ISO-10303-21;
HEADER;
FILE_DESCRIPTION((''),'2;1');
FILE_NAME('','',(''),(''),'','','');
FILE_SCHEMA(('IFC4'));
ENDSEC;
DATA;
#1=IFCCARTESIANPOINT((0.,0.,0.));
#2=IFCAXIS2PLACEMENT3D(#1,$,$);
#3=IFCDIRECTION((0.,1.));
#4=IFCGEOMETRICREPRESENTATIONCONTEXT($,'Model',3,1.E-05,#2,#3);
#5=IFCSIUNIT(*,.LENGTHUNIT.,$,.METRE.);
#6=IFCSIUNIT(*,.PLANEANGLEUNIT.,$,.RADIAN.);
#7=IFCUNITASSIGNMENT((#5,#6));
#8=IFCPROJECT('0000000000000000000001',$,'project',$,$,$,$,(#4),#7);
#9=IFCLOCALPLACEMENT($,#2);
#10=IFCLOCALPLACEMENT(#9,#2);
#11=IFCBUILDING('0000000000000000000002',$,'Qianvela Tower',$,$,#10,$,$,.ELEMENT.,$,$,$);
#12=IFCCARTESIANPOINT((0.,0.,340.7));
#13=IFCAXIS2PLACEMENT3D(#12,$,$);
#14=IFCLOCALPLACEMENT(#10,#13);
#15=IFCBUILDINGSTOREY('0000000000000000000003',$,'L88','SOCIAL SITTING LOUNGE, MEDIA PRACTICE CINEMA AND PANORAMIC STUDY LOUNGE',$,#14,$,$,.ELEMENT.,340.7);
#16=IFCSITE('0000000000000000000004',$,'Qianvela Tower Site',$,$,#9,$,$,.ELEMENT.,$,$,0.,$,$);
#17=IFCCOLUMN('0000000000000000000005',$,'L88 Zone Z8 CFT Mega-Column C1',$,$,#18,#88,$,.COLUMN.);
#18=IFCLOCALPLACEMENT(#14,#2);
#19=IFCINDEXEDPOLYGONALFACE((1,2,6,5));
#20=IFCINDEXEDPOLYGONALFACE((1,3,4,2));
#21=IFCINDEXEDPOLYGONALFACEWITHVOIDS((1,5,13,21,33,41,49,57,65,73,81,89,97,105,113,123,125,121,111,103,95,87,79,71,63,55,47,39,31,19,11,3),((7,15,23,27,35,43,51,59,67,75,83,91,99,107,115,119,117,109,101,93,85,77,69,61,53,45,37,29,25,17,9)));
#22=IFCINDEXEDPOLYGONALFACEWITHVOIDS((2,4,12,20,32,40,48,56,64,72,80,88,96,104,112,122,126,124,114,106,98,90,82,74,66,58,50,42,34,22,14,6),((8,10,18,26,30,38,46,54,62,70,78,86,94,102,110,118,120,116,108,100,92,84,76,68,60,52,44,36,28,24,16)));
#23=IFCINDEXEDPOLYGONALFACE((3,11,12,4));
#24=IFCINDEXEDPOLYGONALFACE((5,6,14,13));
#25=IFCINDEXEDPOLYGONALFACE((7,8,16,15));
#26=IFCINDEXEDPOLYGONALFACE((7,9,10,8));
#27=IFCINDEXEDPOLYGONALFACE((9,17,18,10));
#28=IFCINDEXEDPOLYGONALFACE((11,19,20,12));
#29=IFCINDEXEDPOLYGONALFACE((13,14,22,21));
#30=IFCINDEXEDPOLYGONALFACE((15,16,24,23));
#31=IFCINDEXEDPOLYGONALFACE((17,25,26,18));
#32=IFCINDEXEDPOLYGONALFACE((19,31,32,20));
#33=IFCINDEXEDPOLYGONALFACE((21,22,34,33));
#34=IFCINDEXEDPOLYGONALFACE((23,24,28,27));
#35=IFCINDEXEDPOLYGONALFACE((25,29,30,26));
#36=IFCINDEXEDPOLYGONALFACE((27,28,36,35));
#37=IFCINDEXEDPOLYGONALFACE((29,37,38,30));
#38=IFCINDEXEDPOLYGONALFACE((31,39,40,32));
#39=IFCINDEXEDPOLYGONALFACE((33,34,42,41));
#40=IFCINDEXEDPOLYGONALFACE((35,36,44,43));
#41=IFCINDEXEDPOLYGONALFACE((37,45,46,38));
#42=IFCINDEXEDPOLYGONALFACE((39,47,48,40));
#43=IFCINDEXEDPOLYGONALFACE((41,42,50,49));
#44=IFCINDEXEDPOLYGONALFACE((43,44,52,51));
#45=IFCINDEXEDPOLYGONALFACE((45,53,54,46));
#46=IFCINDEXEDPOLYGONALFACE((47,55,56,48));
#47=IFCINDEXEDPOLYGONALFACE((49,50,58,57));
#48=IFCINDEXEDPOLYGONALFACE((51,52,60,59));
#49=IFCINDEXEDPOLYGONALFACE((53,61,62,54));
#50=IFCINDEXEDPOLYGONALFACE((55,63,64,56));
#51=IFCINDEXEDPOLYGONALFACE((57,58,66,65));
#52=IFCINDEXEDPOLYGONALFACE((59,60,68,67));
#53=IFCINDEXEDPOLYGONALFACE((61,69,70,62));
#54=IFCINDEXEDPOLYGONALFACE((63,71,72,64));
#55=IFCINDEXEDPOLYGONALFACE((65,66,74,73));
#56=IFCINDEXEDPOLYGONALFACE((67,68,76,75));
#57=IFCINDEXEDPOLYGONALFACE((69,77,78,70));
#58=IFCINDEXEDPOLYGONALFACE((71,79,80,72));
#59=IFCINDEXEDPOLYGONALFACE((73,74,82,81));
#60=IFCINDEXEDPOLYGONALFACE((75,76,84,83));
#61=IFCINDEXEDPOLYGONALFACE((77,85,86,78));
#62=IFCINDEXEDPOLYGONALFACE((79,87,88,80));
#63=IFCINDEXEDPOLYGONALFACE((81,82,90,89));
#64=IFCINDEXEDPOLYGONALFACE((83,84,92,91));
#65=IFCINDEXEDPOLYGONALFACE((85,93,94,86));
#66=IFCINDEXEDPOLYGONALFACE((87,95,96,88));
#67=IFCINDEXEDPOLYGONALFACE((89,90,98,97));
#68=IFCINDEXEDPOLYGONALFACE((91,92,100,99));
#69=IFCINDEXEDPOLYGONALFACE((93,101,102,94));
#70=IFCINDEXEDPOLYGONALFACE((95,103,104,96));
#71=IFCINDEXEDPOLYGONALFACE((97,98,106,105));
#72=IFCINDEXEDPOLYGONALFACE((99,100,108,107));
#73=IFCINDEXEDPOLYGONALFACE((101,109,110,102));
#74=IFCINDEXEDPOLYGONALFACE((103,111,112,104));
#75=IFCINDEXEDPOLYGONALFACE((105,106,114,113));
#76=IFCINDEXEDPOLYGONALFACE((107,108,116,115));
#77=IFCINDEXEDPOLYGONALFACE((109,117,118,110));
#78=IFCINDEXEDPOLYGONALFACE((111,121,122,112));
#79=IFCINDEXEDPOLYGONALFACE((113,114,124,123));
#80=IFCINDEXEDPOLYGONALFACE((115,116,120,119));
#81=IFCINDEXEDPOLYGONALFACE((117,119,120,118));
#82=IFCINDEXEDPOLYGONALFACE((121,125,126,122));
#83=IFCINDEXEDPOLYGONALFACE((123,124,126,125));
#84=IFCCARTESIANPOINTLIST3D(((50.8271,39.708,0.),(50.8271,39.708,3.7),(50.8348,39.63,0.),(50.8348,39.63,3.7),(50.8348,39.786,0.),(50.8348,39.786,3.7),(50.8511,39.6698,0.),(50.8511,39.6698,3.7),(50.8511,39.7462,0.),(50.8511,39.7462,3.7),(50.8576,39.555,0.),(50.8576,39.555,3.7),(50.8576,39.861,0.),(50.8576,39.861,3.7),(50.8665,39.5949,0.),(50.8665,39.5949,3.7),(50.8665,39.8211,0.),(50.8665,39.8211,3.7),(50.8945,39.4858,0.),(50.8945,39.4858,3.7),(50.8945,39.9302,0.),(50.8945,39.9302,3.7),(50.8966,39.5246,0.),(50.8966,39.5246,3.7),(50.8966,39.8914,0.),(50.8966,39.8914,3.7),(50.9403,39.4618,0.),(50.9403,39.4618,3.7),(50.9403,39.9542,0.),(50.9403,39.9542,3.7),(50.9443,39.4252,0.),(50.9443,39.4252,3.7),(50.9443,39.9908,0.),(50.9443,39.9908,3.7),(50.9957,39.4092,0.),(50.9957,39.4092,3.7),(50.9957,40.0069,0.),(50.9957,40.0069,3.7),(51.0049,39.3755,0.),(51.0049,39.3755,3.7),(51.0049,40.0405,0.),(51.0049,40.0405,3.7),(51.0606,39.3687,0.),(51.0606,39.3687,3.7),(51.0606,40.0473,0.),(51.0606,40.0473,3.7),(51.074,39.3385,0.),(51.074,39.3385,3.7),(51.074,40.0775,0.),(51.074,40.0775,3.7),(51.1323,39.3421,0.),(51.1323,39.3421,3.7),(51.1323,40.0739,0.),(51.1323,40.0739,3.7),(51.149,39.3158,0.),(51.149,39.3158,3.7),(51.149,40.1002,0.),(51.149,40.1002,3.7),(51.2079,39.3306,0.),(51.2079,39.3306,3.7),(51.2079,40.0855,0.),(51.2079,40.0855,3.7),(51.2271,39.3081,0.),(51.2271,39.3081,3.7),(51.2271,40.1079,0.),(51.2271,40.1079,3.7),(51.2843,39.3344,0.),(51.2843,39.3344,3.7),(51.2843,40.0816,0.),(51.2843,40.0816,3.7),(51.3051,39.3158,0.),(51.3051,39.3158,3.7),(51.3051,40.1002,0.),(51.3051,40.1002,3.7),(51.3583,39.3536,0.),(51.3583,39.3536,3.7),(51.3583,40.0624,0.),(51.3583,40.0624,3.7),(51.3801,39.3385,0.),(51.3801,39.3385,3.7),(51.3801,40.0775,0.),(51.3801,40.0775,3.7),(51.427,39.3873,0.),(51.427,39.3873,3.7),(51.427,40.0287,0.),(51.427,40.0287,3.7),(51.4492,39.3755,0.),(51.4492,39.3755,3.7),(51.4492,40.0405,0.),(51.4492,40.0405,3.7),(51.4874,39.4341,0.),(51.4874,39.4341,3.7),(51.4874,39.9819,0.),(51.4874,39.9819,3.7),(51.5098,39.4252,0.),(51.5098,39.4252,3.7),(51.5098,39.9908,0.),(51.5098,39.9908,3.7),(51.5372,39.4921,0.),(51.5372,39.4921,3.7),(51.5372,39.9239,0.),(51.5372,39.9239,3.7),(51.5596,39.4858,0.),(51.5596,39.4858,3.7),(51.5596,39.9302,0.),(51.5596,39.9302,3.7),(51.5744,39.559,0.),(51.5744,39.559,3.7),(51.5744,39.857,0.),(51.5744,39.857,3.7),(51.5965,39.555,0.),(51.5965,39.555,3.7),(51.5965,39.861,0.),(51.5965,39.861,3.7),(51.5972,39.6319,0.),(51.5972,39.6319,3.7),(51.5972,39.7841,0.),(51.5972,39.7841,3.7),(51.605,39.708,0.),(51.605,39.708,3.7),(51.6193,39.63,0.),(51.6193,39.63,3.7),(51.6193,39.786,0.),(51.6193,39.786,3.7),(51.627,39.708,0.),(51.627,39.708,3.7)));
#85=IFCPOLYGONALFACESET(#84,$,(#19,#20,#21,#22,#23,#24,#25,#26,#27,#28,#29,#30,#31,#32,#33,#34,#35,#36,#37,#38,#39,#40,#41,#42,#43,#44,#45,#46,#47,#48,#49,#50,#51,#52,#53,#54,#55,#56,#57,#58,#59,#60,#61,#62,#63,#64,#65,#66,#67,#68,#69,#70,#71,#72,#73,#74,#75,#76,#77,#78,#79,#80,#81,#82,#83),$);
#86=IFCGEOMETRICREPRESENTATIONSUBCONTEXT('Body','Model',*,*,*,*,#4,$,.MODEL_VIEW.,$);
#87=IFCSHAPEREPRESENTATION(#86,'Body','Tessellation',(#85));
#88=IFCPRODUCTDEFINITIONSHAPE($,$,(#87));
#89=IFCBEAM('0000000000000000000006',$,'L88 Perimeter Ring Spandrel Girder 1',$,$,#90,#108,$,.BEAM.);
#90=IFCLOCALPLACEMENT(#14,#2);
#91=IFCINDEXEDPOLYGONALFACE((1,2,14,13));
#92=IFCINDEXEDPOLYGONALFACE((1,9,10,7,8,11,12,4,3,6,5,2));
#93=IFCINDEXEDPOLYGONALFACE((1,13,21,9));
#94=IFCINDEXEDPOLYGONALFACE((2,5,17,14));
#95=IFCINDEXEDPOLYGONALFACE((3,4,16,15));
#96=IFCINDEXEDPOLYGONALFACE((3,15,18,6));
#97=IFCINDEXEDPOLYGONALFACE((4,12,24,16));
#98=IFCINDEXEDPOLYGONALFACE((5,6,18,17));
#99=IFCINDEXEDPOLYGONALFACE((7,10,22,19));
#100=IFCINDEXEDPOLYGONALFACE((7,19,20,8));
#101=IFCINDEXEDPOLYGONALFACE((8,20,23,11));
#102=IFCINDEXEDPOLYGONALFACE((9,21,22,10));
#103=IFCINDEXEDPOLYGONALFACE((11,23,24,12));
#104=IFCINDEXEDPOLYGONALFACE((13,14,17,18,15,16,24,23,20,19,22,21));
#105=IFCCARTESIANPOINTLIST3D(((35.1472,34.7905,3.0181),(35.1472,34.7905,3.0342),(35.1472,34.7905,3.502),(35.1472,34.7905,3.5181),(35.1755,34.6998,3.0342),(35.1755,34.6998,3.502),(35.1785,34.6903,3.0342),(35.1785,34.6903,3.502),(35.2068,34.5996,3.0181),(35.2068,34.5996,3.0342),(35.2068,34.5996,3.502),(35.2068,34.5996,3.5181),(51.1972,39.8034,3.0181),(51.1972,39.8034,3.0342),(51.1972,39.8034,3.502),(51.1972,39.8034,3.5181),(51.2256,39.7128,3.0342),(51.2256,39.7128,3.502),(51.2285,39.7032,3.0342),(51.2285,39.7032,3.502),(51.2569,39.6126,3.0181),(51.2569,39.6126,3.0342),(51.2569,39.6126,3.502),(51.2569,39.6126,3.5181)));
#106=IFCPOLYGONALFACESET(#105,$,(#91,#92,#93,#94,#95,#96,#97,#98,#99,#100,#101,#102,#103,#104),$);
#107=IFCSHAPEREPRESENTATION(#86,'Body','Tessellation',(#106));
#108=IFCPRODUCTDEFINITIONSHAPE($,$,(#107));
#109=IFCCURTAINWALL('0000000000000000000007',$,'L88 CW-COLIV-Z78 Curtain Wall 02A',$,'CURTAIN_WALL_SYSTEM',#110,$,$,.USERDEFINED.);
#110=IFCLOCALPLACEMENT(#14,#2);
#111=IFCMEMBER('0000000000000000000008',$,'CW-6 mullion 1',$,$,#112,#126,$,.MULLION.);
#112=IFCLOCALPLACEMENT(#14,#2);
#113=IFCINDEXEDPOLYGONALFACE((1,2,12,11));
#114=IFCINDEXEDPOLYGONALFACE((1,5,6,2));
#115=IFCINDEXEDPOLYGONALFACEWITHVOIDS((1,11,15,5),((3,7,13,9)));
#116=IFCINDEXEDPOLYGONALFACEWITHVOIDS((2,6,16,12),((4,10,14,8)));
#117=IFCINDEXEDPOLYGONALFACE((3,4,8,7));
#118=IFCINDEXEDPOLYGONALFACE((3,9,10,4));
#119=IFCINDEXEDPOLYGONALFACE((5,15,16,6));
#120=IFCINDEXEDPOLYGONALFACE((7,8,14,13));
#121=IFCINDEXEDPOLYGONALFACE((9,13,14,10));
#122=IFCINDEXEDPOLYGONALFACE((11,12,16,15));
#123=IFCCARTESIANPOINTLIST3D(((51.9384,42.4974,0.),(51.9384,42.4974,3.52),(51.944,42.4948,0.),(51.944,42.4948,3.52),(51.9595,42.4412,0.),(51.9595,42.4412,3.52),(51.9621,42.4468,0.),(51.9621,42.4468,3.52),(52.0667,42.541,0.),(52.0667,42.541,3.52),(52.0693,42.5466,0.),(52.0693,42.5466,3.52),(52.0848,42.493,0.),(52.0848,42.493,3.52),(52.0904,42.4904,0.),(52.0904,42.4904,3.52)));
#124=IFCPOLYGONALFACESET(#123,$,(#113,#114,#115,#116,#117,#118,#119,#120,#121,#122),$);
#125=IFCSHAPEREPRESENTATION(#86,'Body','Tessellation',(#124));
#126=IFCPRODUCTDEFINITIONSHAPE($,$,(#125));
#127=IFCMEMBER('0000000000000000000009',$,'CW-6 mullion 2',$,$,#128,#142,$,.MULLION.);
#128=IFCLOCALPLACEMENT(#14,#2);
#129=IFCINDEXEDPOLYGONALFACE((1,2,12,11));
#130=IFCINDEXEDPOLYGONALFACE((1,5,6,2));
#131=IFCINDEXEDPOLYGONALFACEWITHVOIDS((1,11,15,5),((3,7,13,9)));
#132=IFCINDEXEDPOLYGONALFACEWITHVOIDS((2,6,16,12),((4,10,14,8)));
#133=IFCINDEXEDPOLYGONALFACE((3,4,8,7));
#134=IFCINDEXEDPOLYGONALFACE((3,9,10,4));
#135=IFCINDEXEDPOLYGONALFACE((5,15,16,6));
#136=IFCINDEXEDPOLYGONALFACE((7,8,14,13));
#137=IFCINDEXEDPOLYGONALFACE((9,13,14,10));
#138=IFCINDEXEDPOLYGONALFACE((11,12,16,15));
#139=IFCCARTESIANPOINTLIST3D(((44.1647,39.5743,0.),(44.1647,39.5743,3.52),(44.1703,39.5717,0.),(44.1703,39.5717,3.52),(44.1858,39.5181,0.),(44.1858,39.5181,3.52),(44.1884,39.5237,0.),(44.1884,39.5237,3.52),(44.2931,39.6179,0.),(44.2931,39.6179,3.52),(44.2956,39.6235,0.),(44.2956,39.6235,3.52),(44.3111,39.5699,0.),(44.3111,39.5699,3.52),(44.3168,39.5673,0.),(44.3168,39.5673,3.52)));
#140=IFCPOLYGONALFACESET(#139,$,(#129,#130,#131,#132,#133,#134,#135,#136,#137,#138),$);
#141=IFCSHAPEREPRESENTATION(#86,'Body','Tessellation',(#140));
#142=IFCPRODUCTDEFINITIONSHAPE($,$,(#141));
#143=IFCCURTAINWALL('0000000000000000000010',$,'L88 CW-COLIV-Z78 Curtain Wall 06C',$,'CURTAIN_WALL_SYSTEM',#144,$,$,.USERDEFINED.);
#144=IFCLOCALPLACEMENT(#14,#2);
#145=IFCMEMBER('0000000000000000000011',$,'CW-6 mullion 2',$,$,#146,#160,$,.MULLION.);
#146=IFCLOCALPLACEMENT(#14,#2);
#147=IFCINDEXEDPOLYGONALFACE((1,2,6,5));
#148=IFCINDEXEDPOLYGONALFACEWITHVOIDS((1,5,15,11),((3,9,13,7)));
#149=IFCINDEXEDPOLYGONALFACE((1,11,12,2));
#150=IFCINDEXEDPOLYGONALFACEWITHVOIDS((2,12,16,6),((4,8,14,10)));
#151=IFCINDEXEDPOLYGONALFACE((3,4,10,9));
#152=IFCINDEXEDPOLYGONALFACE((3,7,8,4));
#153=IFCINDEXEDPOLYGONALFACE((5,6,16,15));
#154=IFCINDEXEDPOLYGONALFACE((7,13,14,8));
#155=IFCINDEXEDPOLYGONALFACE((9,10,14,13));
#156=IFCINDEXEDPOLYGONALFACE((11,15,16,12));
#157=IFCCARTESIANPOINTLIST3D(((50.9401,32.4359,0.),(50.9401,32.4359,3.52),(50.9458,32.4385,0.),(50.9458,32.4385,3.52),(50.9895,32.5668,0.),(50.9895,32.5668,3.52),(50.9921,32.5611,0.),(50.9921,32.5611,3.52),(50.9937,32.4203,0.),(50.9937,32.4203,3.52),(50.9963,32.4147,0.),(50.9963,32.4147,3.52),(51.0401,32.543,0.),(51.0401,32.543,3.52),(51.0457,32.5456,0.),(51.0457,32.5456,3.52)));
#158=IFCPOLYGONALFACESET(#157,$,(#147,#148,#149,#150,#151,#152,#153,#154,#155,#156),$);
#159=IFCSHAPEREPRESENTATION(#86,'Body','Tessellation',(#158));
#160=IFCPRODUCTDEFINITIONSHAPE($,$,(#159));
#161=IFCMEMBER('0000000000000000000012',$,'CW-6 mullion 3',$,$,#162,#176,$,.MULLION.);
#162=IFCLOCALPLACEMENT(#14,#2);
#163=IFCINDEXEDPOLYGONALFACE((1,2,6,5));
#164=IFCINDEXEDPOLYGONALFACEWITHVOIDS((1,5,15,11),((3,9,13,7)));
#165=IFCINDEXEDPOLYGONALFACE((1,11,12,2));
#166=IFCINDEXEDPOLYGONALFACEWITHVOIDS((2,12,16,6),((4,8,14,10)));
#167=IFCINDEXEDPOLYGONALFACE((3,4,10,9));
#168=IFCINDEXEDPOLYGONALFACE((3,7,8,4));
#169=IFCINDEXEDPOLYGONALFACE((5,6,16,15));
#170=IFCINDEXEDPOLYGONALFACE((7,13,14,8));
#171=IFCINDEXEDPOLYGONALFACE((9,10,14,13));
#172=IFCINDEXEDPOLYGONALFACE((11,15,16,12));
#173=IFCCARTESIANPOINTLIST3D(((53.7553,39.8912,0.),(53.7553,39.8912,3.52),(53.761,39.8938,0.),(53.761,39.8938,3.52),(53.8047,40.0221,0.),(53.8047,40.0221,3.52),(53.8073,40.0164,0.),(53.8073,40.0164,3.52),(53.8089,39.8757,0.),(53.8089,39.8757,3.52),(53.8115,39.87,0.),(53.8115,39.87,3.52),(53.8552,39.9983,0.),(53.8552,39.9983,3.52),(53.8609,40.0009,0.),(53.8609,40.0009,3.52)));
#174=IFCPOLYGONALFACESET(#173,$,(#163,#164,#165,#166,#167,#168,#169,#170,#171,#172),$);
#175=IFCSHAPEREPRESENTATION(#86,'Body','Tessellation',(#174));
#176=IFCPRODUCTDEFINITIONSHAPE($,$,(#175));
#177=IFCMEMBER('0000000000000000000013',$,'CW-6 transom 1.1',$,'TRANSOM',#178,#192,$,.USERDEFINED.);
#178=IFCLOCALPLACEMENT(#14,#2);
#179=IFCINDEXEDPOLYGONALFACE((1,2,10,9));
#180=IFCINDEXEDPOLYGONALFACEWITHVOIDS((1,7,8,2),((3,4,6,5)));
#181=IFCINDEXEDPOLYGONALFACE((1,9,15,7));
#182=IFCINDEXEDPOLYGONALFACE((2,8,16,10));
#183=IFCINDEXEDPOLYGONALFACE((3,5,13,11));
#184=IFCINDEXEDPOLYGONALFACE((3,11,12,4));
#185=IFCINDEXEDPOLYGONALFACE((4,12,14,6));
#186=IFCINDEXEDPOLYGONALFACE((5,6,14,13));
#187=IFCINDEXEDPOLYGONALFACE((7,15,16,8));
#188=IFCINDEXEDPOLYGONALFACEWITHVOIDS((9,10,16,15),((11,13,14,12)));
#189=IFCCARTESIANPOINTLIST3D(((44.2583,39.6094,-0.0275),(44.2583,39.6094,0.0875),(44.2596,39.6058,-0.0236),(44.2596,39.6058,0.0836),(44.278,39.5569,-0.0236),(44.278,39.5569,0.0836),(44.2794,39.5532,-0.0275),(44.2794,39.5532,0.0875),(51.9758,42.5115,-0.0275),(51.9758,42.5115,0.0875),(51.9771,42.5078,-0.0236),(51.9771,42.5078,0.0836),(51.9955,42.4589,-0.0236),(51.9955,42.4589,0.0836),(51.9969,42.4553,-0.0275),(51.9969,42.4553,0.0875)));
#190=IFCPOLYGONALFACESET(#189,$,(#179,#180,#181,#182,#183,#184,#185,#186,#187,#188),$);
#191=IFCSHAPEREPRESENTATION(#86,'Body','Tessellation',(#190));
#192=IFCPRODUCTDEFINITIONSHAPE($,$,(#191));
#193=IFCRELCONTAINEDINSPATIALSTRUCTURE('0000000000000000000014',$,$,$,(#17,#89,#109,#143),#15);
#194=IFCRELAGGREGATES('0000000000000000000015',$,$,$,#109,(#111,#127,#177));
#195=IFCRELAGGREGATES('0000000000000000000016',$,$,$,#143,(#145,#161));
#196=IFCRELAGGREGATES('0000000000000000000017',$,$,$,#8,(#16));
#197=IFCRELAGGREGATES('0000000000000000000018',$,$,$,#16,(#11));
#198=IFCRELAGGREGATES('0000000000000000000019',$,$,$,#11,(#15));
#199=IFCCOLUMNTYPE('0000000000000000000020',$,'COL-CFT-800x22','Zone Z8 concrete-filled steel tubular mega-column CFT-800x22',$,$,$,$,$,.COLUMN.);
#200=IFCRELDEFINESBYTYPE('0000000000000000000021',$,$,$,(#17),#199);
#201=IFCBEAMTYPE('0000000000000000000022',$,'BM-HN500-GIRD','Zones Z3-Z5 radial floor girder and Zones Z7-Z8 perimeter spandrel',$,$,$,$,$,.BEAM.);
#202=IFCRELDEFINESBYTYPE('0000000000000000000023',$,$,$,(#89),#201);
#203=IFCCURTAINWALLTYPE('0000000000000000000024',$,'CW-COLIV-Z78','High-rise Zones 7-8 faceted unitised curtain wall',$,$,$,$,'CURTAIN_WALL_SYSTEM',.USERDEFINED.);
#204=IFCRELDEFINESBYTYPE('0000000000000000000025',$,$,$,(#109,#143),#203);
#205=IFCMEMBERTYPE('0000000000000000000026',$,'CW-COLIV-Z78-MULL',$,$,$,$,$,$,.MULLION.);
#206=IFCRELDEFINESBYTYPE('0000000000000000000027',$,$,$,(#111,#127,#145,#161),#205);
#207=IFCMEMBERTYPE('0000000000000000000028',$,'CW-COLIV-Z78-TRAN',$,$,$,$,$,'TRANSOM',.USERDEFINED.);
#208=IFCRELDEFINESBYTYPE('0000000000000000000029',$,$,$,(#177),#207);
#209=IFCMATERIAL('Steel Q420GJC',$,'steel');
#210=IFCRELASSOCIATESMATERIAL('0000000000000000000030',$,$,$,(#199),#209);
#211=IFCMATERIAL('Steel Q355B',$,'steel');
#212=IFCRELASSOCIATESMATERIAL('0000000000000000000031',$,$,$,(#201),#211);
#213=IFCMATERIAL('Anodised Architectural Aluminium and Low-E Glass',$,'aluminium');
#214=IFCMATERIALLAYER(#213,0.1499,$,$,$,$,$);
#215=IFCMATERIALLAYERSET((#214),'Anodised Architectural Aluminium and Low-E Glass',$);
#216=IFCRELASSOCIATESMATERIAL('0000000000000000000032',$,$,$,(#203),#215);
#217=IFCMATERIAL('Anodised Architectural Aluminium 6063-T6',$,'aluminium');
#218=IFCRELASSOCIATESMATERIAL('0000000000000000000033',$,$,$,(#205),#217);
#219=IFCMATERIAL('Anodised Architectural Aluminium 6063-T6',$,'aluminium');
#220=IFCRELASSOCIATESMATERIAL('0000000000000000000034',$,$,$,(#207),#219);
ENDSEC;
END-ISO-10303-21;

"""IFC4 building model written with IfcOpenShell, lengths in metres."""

from ifc_helpers import new_model, si_unit, direction, frame, origin, origin_2d, place, context, subcontext, project, spatial, hollow_rectangle, hollow_circle, i_section, extrude, material, layer, layer_set, material_profile, profile_set, type_object, element, aggregate, save


model = new_model("IFC4")

# Units and contexts
model_context = context("Model", 3, precision=1e-05, world=origin(), true_north=direction((0.0, 1.0)))
body_context = subcontext(model_context, "Body", "Model", "MODEL_VIEW")
ifc_project = project(units=[si_unit("LENGTHUNIT", "METRE"), si_unit("PLANEANGLEUNIT", "RADIAN")], contexts=[model_context])

# Site, building, storey
site_placement = place(None, origin())
site = spatial("IfcSite", under=ifc_project, at=site_placement, Name="Qianvela Tower Site", CompositionType="ELEMENT", RefElevation=0.0)
building_placement = place(site_placement, origin())
building = spatial("IfcBuilding", under=site, at=building_placement, Name="Qianvela Tower", CompositionType="ELEMENT")
storey_placement = place(building_placement, frame((0.0, 0.0, 340.7)))
storey = spatial("IfcBuildingStorey", under=building, at=storey_placement, Name="L88", Description="SOCIAL SITTING LOUNGE, MEDIA PRACTICE CINEMA AND PANORAMIC STUDY LOUNGE", CompositionType="ELEMENT", Elevation=340.7)

# Column
ifc_material_1 = material(Name="Steel Q420GJC", Category="steel")
ifc_material_profile_1 = material_profile(ifc_material_1, hollow_circle(Radius=0.3999, WallThickness=0.022, at=origin_2d()), Name="CFT-800x22")
ifc_profile_set_1 = profile_set([ifc_material_profile_1], Name="Steel Q420GJC")
column_type = type_object("IfcColumnType", Name="COL-CFT-800x22", Description="Zone Z8 concrete-filled steel tubular mega-column CFT-800x22", PredefinedType="COLUMN", material=ifc_profile_set_1)
column_placement = place(storey_placement, frame((51.2271, 39.708, 0.0), z_axis=(0.0, 0.0, 1.0), x_axis=(1.0, 0.0, 0.0)))
element("IfcColumn", 1, at=column_placement, inside=storey, type_object=column_type, Name="L88 Zone Z8 CFT Mega-Column C1", PredefinedType="COLUMN", context=body_context, shape_type="SweptSolid", body=[
    extrude(hollow_circle(Radius=0.3999, WallThickness=0.022, at=origin_2d()), origin(), (0.0, 0.0, 1.0), 3.7),
])

# Beam
ifc_material_2 = material(Name="Steel Q355B", Category="steel")
ifc_material_profile_2 = material_profile(ifc_material_2, i_section(OverallWidth=0.2, OverallDepth=0.5, WebThickness=0.01, FlangeThickness=0.0161, at=origin_2d()), Name="HN500x200x10x16")
ifc_profile_set_2 = profile_set([ifc_material_profile_2], Name="Steel Q355B")
beam_type = type_object("IfcBeamType", Name="BM-HN500-GIRD", Description="Zones Z3-Z5 radial floor girder and Zones Z7-Z8 perimeter spandrel", PredefinedType="BEAM", material=ifc_profile_set_2)
beam_placement = place(storey_placement, frame((51.2271, 39.708, 3.2681), z_axis=(-0.954526, -0.298129, 0.0), x_axis=(0.298129, -0.954526, 0.0)))
element("IfcBeam", 2, at=beam_placement, inside=storey, type_object=beam_type, Name="L88 Perimeter Ring Spandrel Girder 1", PredefinedType="BEAM", context=body_context, shape_type="SweptSolid", body=[
    extrude(i_section(OverallWidth=0.2, OverallDepth=0.5, WebThickness=0.01, FlangeThickness=0.0161, at=origin_2d()), origin(), (0.0, 0.0, 1.0), 16.8147),
])

# Curtain walls, members
ifc_material_3 = material(Name="Anodised Architectural Aluminium and Low-E Glass", Category="aluminium")
ifc_layer_1 = layer(ifc_material_3, 0.1499)
ifc_layer_set_1 = layer_set([ifc_layer_1], Name="Anodised Architectural Aluminium and Low-E Glass")
curtain_wall_type = type_object("IfcCurtainWallType", Name="CW-COLIV-Z78", Description="High-rise Zones 7-8 faceted unitised curtain wall", ElementType="CURTAIN_WALL_SYSTEM", PredefinedType="USERDEFINED", material=ifc_layer_set_1)
curtain_wall_1_placement = place(storey_placement, origin())
curtain_wall_1 = element("IfcCurtainWall", 3, at=curtain_wall_1_placement, inside=storey, type_object=curtain_wall_type, Name="L88 CW-COLIV-Z78 Curtain Wall 02A", ObjectType="CURTAIN_WALL_SYSTEM", PredefinedType="USERDEFINED")
ifc_material_4 = material(Name="Anodised Architectural Aluminium 6063-T6", Category="aluminium")
ifc_material_profile_3 = material_profile(ifc_material_4, hollow_rectangle(XDim=0.0601, YDim=0.1399, WallThickness=0.0044, at=origin_2d()), Name="ALU-MULL-60x140")
ifc_profile_set_3 = profile_set([ifc_material_profile_3], Name="Anodised Architectural Aluminium 6063-T6")
member_type_1 = type_object("IfcMemberType", Name="CW-COLIV-Z78-MULL", PredefinedType="MULLION", material=ifc_profile_set_3)
member_1_placement = place(storey_placement, frame((52.0144, 42.4939, 0.0), z_axis=(0.0, 0.0, 1.0), x_axis=(0.351956, -0.936017, 0.0)))
member_1 = element("IfcMember", 4, at=member_1_placement, type_object=member_type_1, Name="CW-6 mullion 1", PredefinedType="MULLION", context=body_context, shape_type="SweptSolid", body=[
    extrude(hollow_rectangle(XDim=0.0601, YDim=0.1399, WallThickness=0.0044, at=origin_2d()), origin(), (0.0, 0.0, 1.0), 3.52),
])
member_2_placement = place(storey_placement, frame((44.2407, 39.5708, 0.0), z_axis=(0.0, 0.0, 1.0), x_axis=(0.351956, -0.936017, 0.0)))
member_2 = element("IfcMember", 5, at=member_2_placement, type_object=member_type_1, Name="CW-6 mullion 2", PredefinedType="MULLION", context=body_context, shape_type="SweptSolid", body=[
    extrude(hollow_rectangle(XDim=0.0601, YDim=0.1399, WallThickness=0.0044, at=origin_2d()), origin(), (0.0, 0.0, 1.0), 3.52),
])
curtain_wall_2_placement = place(storey_placement, origin())
curtain_wall_2 = element("IfcCurtainWall", 6, at=curtain_wall_2_placement, inside=storey, type_object=curtain_wall_type, Name="L88 CW-COLIV-Z78 Curtain Wall 06C", ObjectType="CURTAIN_WALL_SYSTEM", PredefinedType="USERDEFINED")
member_3_placement = place(storey_placement, frame((50.9929, 32.4907, 0.0), z_axis=(0.0, 0.0, 1.0), x_axis=(-0.935524, 0.353262, 0.0)))
member_3 = element("IfcMember", 7, at=member_3_placement, type_object=member_type_1, Name="CW-6 mullion 2", PredefinedType="MULLION", context=body_context, shape_type="SweptSolid", body=[
    extrude(hollow_rectangle(XDim=0.0601, YDim=0.1399, WallThickness=0.0044, at=origin_2d()), origin(), (0.0, 0.0, 1.0), 3.52),
])
member_4_placement = place(storey_placement, frame((53.8081, 39.946, 0.0), z_axis=(0.0, 0.0, 1.0), x_axis=(-0.935524, 0.353262, 0.0)))
member_4 = element("IfcMember", 8, at=member_4_placement, type_object=member_type_1, Name="CW-6 mullion 3", PredefinedType="MULLION", context=body_context, shape_type="SweptSolid", body=[
    extrude(hollow_rectangle(XDim=0.0601, YDim=0.1399, WallThickness=0.0044, at=origin_2d()), origin(), (0.0, 0.0, 1.0), 3.52),
])

# Member
ifc_material_5 = material(Name="Anodised Architectural Aluminium 6063-T6", Category="aluminium")
ifc_material_profile_4 = material_profile(ifc_material_5, hollow_rectangle(XDim=0.0601, YDim=0.115, WallThickness=0.0039, at=origin_2d()), Name="ALU-TRAN-60x115")
ifc_profile_set_4 = profile_set([ifc_material_profile_4], Name="Anodised Architectural Aluminium 6063-T6")
member_type_2 = type_object("IfcMemberType", Name="CW-COLIV-Z78-TRAN", ElementType="TRANSOM", PredefinedType="USERDEFINED", material=ifc_profile_set_4)
member_5_placement = place(storey_placement, frame((51.9863, 42.4834, 0.03), z_axis=(-0.936009, -0.351977, 0.0), x_axis=(0.351977, -0.936009, 0.0)))
member_5 = element("IfcMember", 9, at=member_5_placement, type_object=member_type_2, Name="CW-6 transom 1.1", ObjectType="TRANSOM", PredefinedType="USERDEFINED", context=body_context, shape_type="SweptSolid", body=[
    extrude(hollow_rectangle(XDim=0.0601, YDim=0.115, WallThickness=0.0039, at=origin_2d()), origin(), (0.0, 0.0, 1.0), 8.2451),
])

aggregate(curtain_wall_1, [member_1, member_2, member_5])
aggregate(curtain_wall_2, [member_3, member_4])

save(model, "model.ifc")
